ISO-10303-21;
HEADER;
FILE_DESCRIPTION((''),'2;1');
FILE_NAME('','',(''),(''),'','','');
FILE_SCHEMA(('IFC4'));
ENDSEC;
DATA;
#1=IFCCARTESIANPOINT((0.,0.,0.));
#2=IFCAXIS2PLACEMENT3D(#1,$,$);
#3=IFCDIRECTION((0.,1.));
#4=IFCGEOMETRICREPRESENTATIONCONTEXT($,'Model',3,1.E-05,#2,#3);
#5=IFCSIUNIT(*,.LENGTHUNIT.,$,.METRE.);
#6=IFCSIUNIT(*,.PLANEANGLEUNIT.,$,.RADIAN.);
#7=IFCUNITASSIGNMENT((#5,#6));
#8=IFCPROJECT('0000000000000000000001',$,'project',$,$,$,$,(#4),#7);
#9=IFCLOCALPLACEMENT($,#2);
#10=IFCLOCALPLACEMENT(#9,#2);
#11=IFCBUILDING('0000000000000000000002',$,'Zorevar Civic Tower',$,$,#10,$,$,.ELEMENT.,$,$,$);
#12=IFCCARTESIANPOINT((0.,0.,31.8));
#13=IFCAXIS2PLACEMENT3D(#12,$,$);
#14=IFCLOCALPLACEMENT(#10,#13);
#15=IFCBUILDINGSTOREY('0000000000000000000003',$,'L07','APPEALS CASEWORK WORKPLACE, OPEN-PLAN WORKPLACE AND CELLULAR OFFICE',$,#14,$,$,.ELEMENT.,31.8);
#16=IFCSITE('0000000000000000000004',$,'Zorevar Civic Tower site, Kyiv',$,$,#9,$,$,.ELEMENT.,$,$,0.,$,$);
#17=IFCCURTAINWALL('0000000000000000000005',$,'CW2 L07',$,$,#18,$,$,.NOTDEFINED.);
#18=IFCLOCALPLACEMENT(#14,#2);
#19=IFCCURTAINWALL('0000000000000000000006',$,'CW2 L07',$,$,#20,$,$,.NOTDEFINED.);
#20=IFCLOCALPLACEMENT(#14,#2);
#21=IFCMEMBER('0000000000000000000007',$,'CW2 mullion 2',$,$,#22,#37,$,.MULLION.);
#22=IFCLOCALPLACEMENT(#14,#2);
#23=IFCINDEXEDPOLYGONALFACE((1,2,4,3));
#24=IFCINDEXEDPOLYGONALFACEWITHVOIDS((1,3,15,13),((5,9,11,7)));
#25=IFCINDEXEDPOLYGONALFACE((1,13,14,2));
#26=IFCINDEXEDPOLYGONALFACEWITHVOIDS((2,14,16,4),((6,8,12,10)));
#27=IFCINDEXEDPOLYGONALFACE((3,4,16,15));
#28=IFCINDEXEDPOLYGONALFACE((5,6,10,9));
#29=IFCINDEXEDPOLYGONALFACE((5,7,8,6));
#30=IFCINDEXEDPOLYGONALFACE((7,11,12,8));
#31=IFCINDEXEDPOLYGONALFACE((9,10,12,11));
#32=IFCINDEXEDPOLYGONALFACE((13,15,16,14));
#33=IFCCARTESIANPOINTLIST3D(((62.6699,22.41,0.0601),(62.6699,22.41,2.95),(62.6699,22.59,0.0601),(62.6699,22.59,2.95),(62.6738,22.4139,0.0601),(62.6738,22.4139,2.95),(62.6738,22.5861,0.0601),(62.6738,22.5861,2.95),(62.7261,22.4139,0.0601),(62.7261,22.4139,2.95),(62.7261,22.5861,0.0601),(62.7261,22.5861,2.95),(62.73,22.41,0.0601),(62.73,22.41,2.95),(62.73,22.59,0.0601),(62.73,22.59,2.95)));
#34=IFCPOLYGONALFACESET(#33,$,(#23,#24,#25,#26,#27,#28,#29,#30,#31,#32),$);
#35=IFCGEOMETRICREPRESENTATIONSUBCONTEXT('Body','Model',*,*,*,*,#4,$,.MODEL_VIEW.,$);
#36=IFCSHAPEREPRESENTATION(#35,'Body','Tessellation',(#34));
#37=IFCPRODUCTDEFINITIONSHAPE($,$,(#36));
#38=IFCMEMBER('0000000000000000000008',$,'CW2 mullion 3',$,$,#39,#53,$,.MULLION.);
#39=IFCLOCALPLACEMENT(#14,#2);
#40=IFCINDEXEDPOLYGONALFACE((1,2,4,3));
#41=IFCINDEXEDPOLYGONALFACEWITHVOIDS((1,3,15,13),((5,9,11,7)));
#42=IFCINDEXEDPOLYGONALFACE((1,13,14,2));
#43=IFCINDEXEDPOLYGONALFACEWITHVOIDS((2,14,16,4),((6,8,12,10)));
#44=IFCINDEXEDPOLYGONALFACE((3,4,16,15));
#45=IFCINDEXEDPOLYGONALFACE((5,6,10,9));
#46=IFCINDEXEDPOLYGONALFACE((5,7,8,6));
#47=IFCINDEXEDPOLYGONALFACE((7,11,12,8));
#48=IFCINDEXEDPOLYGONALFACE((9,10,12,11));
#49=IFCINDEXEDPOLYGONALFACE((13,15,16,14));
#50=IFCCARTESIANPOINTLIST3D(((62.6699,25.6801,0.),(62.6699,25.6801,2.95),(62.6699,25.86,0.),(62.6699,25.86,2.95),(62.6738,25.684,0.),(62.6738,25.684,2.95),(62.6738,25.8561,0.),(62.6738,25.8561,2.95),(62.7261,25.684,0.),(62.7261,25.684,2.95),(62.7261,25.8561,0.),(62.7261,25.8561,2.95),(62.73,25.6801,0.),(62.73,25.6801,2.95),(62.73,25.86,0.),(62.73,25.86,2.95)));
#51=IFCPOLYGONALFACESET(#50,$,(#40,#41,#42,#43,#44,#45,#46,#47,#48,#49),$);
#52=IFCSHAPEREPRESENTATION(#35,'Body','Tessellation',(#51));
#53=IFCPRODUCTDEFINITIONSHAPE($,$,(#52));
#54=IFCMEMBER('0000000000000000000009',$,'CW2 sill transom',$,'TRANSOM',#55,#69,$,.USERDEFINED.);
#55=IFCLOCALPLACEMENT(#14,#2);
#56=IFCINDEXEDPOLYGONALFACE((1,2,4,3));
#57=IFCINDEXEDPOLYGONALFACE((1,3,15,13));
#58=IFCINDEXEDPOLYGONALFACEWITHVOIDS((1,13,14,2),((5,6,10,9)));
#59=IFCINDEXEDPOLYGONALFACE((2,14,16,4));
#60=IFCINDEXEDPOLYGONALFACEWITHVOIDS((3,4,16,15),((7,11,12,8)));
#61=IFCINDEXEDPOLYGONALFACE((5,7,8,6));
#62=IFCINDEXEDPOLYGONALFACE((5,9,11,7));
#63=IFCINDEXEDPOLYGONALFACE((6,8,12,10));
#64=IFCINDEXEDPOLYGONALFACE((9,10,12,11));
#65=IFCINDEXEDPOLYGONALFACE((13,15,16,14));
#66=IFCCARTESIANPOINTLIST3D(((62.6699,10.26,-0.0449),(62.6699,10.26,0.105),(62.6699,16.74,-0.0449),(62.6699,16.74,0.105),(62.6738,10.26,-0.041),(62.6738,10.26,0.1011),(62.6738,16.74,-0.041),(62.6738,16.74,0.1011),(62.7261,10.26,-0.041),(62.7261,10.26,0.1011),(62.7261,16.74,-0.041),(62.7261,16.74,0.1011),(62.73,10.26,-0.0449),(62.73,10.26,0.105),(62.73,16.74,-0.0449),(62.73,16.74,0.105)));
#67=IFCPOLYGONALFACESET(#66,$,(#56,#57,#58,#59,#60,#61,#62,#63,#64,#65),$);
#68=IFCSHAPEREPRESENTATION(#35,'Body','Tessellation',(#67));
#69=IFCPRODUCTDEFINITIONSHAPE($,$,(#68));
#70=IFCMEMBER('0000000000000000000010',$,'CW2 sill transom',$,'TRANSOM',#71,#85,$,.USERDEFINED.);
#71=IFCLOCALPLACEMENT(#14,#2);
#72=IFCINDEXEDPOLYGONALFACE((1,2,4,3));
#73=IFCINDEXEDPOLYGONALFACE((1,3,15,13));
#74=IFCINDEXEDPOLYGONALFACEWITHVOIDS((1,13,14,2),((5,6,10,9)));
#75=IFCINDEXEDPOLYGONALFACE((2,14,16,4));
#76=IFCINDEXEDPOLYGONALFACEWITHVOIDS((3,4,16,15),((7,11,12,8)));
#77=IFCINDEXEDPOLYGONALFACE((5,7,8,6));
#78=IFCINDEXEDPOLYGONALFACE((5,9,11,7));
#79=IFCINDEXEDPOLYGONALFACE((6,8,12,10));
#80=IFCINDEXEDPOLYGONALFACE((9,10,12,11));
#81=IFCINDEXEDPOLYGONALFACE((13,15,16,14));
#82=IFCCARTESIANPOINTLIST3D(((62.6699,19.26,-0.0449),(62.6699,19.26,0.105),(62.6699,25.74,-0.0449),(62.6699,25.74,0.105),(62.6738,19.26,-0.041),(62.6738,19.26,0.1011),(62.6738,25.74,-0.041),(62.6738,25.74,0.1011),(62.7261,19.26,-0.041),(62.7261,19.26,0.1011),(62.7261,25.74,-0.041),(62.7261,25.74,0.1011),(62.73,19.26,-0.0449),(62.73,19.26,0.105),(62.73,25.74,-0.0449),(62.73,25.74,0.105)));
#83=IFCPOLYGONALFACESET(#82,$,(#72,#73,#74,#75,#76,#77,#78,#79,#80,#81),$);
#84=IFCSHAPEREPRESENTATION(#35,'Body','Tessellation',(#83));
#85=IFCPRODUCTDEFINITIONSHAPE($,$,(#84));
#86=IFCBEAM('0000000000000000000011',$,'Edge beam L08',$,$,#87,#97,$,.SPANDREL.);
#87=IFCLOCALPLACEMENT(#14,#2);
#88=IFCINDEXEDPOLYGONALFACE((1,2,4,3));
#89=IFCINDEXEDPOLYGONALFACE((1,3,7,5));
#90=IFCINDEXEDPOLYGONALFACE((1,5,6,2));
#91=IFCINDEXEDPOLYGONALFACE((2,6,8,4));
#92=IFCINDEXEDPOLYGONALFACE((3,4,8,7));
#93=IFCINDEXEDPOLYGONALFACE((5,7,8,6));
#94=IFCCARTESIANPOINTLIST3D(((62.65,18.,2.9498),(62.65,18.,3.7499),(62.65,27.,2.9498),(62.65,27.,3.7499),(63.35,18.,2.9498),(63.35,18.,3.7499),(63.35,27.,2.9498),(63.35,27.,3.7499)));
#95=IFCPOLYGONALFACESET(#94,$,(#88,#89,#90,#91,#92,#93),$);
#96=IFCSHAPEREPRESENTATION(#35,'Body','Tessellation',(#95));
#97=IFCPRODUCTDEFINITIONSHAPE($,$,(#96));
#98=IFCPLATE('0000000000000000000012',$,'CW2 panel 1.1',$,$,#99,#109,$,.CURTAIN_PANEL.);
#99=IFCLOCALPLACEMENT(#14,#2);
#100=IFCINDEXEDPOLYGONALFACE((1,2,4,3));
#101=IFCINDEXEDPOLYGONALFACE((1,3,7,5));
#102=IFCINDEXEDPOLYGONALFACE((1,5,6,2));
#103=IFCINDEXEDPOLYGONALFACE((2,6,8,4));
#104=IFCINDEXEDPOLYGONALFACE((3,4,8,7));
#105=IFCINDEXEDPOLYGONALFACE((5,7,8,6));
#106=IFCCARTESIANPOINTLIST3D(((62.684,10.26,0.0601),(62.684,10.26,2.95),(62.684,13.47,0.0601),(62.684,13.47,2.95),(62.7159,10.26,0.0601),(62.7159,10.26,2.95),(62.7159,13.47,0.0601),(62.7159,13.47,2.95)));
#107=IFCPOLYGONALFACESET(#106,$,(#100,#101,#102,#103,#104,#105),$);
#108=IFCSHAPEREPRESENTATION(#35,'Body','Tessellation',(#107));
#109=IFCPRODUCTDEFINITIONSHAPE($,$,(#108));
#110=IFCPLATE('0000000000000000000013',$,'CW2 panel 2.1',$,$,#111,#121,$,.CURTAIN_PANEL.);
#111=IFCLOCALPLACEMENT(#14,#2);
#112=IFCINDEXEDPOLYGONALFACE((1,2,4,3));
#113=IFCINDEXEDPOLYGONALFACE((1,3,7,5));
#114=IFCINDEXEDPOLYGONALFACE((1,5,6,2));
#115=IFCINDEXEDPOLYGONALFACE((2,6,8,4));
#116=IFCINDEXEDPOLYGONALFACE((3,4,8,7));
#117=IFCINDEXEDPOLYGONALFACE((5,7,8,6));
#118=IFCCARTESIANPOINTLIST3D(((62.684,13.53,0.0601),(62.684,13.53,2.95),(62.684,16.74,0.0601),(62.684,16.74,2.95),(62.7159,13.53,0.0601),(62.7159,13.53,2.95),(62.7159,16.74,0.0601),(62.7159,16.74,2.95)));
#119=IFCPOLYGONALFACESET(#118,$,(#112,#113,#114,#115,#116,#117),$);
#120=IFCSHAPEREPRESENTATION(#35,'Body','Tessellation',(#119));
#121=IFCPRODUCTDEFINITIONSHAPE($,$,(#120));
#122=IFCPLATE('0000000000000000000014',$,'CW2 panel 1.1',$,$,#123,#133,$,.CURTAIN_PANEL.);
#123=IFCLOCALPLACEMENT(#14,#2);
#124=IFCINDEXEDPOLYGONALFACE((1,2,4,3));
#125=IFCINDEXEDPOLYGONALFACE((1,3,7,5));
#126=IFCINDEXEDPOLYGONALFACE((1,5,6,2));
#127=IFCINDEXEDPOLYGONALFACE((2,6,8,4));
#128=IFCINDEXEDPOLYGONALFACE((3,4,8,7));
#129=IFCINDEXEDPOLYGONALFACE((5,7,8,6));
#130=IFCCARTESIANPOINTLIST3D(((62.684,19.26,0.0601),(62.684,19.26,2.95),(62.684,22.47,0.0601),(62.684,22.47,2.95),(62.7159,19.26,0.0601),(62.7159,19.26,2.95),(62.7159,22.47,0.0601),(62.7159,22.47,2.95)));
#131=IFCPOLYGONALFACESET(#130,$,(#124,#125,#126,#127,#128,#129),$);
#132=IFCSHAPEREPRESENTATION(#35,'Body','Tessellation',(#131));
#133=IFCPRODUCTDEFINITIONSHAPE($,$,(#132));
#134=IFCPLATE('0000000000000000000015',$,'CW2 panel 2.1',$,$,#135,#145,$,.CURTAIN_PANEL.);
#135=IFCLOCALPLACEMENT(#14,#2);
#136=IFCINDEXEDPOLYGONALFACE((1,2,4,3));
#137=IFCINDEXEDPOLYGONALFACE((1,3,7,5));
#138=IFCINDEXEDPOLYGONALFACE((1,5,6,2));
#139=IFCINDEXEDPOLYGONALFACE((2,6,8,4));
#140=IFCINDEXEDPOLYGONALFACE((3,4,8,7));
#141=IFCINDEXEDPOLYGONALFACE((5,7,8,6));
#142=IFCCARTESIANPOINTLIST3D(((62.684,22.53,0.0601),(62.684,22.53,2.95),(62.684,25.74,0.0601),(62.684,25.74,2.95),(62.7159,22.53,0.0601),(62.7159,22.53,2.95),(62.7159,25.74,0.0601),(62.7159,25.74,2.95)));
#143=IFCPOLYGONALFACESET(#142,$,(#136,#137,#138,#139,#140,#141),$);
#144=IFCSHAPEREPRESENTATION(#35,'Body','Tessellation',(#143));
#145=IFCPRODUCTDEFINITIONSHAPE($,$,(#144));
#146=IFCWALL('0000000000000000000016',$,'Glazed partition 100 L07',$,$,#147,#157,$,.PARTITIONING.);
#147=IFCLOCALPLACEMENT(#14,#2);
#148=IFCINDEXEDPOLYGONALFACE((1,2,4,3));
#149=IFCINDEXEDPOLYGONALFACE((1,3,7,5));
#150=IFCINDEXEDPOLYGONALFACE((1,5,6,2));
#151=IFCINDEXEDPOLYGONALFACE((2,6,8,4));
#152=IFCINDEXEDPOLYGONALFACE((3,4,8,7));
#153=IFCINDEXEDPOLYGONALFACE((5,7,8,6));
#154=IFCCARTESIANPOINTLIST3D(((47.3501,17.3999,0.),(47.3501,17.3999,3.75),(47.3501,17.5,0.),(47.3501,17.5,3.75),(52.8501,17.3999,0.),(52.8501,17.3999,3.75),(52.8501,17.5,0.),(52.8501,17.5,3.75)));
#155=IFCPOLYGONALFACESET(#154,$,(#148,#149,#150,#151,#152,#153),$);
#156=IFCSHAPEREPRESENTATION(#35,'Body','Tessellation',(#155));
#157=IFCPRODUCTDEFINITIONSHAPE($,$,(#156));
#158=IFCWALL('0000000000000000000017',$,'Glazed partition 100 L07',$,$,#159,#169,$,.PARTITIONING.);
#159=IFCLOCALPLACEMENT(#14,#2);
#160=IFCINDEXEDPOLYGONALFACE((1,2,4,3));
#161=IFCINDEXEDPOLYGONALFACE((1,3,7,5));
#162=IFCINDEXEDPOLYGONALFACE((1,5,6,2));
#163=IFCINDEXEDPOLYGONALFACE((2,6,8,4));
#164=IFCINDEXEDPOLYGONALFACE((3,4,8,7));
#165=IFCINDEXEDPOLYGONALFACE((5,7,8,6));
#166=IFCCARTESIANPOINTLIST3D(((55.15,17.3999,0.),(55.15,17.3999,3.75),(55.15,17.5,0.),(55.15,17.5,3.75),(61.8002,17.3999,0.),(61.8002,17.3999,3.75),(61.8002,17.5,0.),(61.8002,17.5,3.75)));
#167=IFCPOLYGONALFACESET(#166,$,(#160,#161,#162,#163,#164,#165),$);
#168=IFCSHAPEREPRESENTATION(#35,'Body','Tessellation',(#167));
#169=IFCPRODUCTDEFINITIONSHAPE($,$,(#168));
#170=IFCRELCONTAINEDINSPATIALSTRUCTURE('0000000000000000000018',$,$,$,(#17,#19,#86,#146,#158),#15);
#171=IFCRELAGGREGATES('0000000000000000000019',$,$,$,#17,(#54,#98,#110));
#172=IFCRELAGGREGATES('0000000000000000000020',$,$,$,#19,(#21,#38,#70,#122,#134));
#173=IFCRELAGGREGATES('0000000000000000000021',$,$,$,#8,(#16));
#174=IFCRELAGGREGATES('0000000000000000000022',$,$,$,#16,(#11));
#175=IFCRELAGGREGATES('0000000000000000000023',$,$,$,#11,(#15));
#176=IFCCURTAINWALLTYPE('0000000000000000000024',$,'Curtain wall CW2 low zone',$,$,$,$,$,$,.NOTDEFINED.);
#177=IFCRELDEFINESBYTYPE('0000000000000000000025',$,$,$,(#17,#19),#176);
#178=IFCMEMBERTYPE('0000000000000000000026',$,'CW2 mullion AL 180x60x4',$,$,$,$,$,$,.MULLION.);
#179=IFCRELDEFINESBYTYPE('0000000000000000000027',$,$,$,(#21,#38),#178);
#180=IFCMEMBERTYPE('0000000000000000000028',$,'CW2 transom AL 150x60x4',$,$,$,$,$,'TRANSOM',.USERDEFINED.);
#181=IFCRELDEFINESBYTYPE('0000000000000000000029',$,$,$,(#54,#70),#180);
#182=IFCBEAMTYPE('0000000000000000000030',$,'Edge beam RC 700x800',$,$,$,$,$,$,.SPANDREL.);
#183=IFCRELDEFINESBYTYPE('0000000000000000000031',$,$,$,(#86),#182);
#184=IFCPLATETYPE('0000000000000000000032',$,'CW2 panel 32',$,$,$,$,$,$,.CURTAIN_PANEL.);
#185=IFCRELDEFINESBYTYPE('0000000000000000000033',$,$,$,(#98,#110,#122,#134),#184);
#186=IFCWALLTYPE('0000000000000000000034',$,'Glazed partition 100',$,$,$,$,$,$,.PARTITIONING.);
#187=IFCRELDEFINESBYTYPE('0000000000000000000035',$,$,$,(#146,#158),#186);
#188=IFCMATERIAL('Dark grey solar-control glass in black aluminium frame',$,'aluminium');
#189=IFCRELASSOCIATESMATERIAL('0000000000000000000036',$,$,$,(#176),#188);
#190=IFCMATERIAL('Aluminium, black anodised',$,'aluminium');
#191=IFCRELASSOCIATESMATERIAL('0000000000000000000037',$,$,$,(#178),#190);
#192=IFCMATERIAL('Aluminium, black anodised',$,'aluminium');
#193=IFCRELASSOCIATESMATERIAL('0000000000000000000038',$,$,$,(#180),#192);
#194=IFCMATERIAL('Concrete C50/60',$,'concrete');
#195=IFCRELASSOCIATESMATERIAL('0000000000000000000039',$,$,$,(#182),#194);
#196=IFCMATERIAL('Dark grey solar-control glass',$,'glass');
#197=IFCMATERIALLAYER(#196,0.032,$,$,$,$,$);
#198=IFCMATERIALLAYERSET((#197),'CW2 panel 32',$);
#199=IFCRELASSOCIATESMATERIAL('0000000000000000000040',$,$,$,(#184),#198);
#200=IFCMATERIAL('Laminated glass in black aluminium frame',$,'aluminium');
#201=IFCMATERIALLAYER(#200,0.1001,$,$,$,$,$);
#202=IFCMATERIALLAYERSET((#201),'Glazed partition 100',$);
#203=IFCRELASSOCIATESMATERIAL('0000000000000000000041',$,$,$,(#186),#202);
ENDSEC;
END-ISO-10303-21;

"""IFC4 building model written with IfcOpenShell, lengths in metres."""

from ifc_helpers import new_model, si_unit, direction, frame, frame_2d, origin, origin_2d, place, context, subcontext, project, spatial, rectangle, hollow_rectangle, extrude, material, layer, layer_set, material_profile, profile_set, type_object, element, aggregate, save


model = new_model("IFC4")

# Units and contexts
model_context = context("Model", 3, precision=1e-05, world=origin(), true_north=direction((0.0, 1.0)))
body_context = subcontext(model_context, "Body", "Model", "MODEL_VIEW")
ifc_project = project(units=[si_unit("LENGTHUNIT", "METRE"), si_unit("PLANEANGLEUNIT", "RADIAN")], contexts=[model_context])

# Site, building, storey
site_placement = place(None, origin())
site = spatial("IfcSite", under=ifc_project, at=site_placement, Name="Zorevar Civic Tower site, Kyiv", CompositionType="ELEMENT", RefElevation=0.0)
building_placement = place(site_placement, origin())
building = spatial("IfcBuilding", under=site, at=building_placement, Name="Zorevar Civic Tower", CompositionType="ELEMENT")
storey_placement = place(building_placement, frame((0.0, 0.0, 31.8)))
storey = spatial("IfcBuildingStorey", under=building, at=storey_placement, Name="L07", Description="APPEALS CASEWORK WORKPLACE, OPEN-PLAN WORKPLACE AND CELLULAR OFFICE", CompositionType="ELEMENT", Elevation=31.8)

# Curtain walls, members
ifc_material_1 = material(Name="Dark grey solar-control glass in black aluminium frame", Category="aluminium")
curtain_wall_type = type_object("IfcCurtainWallType", Name="Curtain wall CW2 low zone", PredefinedType="NOTDEFINED", material=ifc_material_1)
curtain_wall_1_placement = place(storey_placement, origin())
curtain_wall_1 = element("IfcCurtainWall", 1, at=curtain_wall_1_placement, inside=storey, type_object=curtain_wall_type, Name="CW2 L07", PredefinedType="NOTDEFINED")
ifc_material_2 = material(Name="Aluminium, black anodised", Category="aluminium")
ifc_material_profile_1 = material_profile(ifc_material_2, hollow_rectangle(XDim=0.0601, YDim=0.1799, WallThickness=0.0039, at=origin_2d()), Name="AL 180x60x4")
ifc_profile_set_1 = profile_set([ifc_material_profile_1], Name="Aluminium, black anodised")
member_type_1 = type_object("IfcMemberType", Name="CW2 mullion AL 180x60x4", PredefinedType="MULLION", material=ifc_profile_set_1)
curtain_wall_2_placement = place(storey_placement, origin())
curtain_wall_2 = element("IfcCurtainWall", 2, at=curtain_wall_2_placement, inside=storey, type_object=curtain_wall_type, Name="CW2 L07", PredefinedType="NOTDEFINED")
member_1_placement = place(storey_placement, frame((62.7, 22.5, 0.0601), z_axis=(0.0, 0.0, 1.0), x_axis=(-1.0, 0.0, 0.0)))
member_1 = element("IfcMember", 3, at=member_1_placement, type_object=member_type_1, Name="CW2 mullion 2", PredefinedType="MULLION", context=body_context, shape_type="SweptSolid", body=[
    extrude(hollow_rectangle(XDim=0.0601, YDim=0.1799, WallThickness=0.0039, at=origin_2d()), origin(), (0.0, 0.0, 1.0), 2.8899),
])
member_2_placement = place(storey_placement, frame((62.7, 25.77, 0.0), z_axis=(0.0, 0.0, 1.0), x_axis=(-1.0, 0.0, 0.0)))
member_2 = element("IfcMember", 4, at=member_2_placement, type_object=member_type_1, Name="CW2 mullion 3", PredefinedType="MULLION", context=body_context, shape_type="SweptSolid", body=[
    extrude(hollow_rectangle(XDim=0.0601, YDim=0.1799, WallThickness=0.0039, at=origin_2d()), origin(), (0.0, 0.0, 1.0), 2.95),
])

# Members
ifc_material_3 = material(Name="Aluminium, black anodised", Category="aluminium")
ifc_material_profile_2 = material_profile(ifc_material_3, hollow_rectangle(XDim=0.0601, YDim=0.1499, WallThickness=0.0039, at=origin_2d()), Name="AL 150x60x4")
ifc_profile_set_2 = profile_set([ifc_material_profile_2], Name="Aluminium, black anodised")
member_type_2 = type_object("IfcMemberType", Name="CW2 transom AL 150x60x4", ElementType="TRANSOM", PredefinedType="USERDEFINED", material=ifc_profile_set_2)
member_3_placement = place(storey_placement, frame((62.7, 10.26, 0.03), z_axis=(0.0, 1.0, 0.0), x_axis=(-1.0, 0.0, 0.0)))
member_3 = element("IfcMember", 5, at=member_3_placement, type_object=member_type_2, Name="CW2 sill transom", ObjectType="TRANSOM", PredefinedType="USERDEFINED", context=body_context, shape_type="SweptSolid", body=[
    extrude(hollow_rectangle(XDim=0.0601, YDim=0.1499, WallThickness=0.0039, at=origin_2d()), origin(), (0.0, 0.0, 1.0), 6.48),
])
member_4_placement = place(storey_placement, frame((62.7, 19.26, 0.03), z_axis=(0.0, 1.0, 0.0), x_axis=(-1.0, 0.0, 0.0)))
member_4 = element("IfcMember", 6, at=member_4_placement, type_object=member_type_2, Name="CW2 sill transom", ObjectType="TRANSOM", PredefinedType="USERDEFINED", context=body_context, shape_type="SweptSolid", body=[
    extrude(hollow_rectangle(XDim=0.0601, YDim=0.1499, WallThickness=0.0039, at=origin_2d()), origin(), (0.0, 0.0, 1.0), 6.48),
])

# Beam
ifc_material_4 = material(Name="Concrete C50/60", Category="concrete")
ifc_material_profile_3 = material_profile(ifc_material_4, rectangle(XDim=0.7, YDim=0.8, at=origin_2d()), Name="RC 700x800")
ifc_profile_set_3 = profile_set([ifc_material_profile_3], Name="Concrete C50/60")
beam_type_1 = type_object("IfcBeamType", Name="Edge beam RC 700x800", PredefinedType="SPANDREL", material=ifc_profile_set_3)
beam_1_placement = place(storey_placement, frame((63.0, 18.0, 3.3499), z_axis=(0.0, 1.0, 0.0), x_axis=(-1.0, 0.0, 0.0)))
element("IfcBeam", 7, at=beam_1_placement, inside=storey, type_object=beam_type_1, Name="Edge beam L08", PredefinedType="SPANDREL", context=body_context, shape_type="SweptSolid", body=[
    extrude(rectangle(XDim=0.7, YDim=0.8, at=origin_2d()), origin(), (0.0, 0.0, 1.0), 9.0),
])

# Plates
ifc_material_5 = material(Name="Dark grey solar-control glass", Category="glass")
ifc_layer_1 = layer(ifc_material_5, 0.032)
ifc_layer_set_1 = layer_set([ifc_layer_1], Name="CW2 panel 32")
plate_type = type_object("IfcPlateType", Name="CW2 panel 32", PredefinedType="CURTAIN_PANEL", material=ifc_layer_set_1)
plate_1_placement = place(storey_placement, frame((62.7, 11.865, 0.0601), z_axis=(0.0, 0.0, 1.0), x_axis=(0.0, 1.0, 0.0)))
plate_1 = element("IfcPlate", 8, at=plate_1_placement, type_object=plate_type, Name="CW2 panel 1.1", PredefinedType="CURTAIN_PANEL", context=body_context, shape_type="SweptSolid", body=[
    extrude(rectangle(XDim=3.21, YDim=0.032, at=origin_2d()), origin(), (0.0, 0.0, 1.0), 2.8899),
])
plate_2_placement = place(storey_placement, frame((62.7, 15.135, 0.0601), z_axis=(0.0, 0.0, 1.0), x_axis=(0.0, 1.0, 0.0)))
plate_2 = element("IfcPlate", 9, at=plate_2_placement, type_object=plate_type, Name="CW2 panel 2.1", PredefinedType="CURTAIN_PANEL", context=body_context, shape_type="SweptSolid", body=[
    extrude(rectangle(XDim=3.21, YDim=0.032, at=origin_2d()), origin(), (0.0, 0.0, 1.0), 2.8899),
])
aggregate(curtain_wall_1, [member_3, plate_1, plate_2])
plate_3_placement = place(storey_placement, frame((62.7, 20.865, 0.0601), z_axis=(0.0, 0.0, 1.0), x_axis=(0.0, 1.0, 0.0)))
plate_3 = element("IfcPlate", 10, at=plate_3_placement, type_object=plate_type, Name="CW2 panel 1.1", PredefinedType="CURTAIN_PANEL", context=body_context, shape_type="SweptSolid", body=[
    extrude(rectangle(XDim=3.21, YDim=0.032, at=origin_2d()), origin(), (0.0, 0.0, 1.0), 2.8899),
])
plate_4_placement = place(storey_placement, frame((62.7, 24.135, 0.0601), z_axis=(0.0, 0.0, 1.0), x_axis=(0.0, 1.0, 0.0)))
plate_4 = element("IfcPlate", 11, at=plate_4_placement, type_object=plate_type, Name="CW2 panel 2.1", PredefinedType="CURTAIN_PANEL", context=body_context, shape_type="SweptSolid", body=[
    extrude(rectangle(XDim=3.21, YDim=0.032, at=origin_2d()), origin(), (0.0, 0.0, 1.0), 2.8899),
])
aggregate(curtain_wall_2, [member_1, member_2, member_4, plate_3, plate_4])

# Walls
ifc_material_6 = material(Name="Laminated glass in black aluminium frame", Category="aluminium")
ifc_layer_2 = layer(ifc_material_6, 0.1001)
ifc_layer_set_2 = layer_set([ifc_layer_2], Name="Glazed partition 100")
wall_type_1 = type_object("IfcWallType", Name="Glazed partition 100", PredefinedType="PARTITIONING", material=ifc_layer_set_2)
wall_1_placement = place(storey_placement, frame((47.3501, 17.45, 0.0), z_axis=(0.0, 0.0, 1.0), x_axis=(1.0, 0.0, 0.0)))
element("IfcWall", 12, at=wall_1_placement, inside=storey, type_object=wall_type_1, Name="Glazed partition 100 L07", PredefinedType="PARTITIONING", context=body_context, shape_type="SweptSolid", body=[
    extrude(rectangle(XDim=5.5, YDim=0.1001, at=frame_2d((2.75, 0.0))), origin(), (0.0, 0.0, 1.0), 3.75),
])
wall_2_placement = place(storey_placement, frame((55.1499, 17.45, 0.0), z_axis=(0.0, 0.0, 1.0), x_axis=(1.0, 0.0, 0.0)))
element("IfcWall", 13, at=wall_2_placement, inside=storey, type_object=wall_type_1, Name="Glazed partition 100 L07", PredefinedType="PARTITIONING", context=body_context, shape_type="SweptSolid", body=[
    extrude(rectangle(XDim=6.6501, YDim=0.1001, at=frame_2d((3.3252, 0.0))), origin(), (0.0, 0.0, 1.0), 3.75),
])

save(model, "model.ifc")
